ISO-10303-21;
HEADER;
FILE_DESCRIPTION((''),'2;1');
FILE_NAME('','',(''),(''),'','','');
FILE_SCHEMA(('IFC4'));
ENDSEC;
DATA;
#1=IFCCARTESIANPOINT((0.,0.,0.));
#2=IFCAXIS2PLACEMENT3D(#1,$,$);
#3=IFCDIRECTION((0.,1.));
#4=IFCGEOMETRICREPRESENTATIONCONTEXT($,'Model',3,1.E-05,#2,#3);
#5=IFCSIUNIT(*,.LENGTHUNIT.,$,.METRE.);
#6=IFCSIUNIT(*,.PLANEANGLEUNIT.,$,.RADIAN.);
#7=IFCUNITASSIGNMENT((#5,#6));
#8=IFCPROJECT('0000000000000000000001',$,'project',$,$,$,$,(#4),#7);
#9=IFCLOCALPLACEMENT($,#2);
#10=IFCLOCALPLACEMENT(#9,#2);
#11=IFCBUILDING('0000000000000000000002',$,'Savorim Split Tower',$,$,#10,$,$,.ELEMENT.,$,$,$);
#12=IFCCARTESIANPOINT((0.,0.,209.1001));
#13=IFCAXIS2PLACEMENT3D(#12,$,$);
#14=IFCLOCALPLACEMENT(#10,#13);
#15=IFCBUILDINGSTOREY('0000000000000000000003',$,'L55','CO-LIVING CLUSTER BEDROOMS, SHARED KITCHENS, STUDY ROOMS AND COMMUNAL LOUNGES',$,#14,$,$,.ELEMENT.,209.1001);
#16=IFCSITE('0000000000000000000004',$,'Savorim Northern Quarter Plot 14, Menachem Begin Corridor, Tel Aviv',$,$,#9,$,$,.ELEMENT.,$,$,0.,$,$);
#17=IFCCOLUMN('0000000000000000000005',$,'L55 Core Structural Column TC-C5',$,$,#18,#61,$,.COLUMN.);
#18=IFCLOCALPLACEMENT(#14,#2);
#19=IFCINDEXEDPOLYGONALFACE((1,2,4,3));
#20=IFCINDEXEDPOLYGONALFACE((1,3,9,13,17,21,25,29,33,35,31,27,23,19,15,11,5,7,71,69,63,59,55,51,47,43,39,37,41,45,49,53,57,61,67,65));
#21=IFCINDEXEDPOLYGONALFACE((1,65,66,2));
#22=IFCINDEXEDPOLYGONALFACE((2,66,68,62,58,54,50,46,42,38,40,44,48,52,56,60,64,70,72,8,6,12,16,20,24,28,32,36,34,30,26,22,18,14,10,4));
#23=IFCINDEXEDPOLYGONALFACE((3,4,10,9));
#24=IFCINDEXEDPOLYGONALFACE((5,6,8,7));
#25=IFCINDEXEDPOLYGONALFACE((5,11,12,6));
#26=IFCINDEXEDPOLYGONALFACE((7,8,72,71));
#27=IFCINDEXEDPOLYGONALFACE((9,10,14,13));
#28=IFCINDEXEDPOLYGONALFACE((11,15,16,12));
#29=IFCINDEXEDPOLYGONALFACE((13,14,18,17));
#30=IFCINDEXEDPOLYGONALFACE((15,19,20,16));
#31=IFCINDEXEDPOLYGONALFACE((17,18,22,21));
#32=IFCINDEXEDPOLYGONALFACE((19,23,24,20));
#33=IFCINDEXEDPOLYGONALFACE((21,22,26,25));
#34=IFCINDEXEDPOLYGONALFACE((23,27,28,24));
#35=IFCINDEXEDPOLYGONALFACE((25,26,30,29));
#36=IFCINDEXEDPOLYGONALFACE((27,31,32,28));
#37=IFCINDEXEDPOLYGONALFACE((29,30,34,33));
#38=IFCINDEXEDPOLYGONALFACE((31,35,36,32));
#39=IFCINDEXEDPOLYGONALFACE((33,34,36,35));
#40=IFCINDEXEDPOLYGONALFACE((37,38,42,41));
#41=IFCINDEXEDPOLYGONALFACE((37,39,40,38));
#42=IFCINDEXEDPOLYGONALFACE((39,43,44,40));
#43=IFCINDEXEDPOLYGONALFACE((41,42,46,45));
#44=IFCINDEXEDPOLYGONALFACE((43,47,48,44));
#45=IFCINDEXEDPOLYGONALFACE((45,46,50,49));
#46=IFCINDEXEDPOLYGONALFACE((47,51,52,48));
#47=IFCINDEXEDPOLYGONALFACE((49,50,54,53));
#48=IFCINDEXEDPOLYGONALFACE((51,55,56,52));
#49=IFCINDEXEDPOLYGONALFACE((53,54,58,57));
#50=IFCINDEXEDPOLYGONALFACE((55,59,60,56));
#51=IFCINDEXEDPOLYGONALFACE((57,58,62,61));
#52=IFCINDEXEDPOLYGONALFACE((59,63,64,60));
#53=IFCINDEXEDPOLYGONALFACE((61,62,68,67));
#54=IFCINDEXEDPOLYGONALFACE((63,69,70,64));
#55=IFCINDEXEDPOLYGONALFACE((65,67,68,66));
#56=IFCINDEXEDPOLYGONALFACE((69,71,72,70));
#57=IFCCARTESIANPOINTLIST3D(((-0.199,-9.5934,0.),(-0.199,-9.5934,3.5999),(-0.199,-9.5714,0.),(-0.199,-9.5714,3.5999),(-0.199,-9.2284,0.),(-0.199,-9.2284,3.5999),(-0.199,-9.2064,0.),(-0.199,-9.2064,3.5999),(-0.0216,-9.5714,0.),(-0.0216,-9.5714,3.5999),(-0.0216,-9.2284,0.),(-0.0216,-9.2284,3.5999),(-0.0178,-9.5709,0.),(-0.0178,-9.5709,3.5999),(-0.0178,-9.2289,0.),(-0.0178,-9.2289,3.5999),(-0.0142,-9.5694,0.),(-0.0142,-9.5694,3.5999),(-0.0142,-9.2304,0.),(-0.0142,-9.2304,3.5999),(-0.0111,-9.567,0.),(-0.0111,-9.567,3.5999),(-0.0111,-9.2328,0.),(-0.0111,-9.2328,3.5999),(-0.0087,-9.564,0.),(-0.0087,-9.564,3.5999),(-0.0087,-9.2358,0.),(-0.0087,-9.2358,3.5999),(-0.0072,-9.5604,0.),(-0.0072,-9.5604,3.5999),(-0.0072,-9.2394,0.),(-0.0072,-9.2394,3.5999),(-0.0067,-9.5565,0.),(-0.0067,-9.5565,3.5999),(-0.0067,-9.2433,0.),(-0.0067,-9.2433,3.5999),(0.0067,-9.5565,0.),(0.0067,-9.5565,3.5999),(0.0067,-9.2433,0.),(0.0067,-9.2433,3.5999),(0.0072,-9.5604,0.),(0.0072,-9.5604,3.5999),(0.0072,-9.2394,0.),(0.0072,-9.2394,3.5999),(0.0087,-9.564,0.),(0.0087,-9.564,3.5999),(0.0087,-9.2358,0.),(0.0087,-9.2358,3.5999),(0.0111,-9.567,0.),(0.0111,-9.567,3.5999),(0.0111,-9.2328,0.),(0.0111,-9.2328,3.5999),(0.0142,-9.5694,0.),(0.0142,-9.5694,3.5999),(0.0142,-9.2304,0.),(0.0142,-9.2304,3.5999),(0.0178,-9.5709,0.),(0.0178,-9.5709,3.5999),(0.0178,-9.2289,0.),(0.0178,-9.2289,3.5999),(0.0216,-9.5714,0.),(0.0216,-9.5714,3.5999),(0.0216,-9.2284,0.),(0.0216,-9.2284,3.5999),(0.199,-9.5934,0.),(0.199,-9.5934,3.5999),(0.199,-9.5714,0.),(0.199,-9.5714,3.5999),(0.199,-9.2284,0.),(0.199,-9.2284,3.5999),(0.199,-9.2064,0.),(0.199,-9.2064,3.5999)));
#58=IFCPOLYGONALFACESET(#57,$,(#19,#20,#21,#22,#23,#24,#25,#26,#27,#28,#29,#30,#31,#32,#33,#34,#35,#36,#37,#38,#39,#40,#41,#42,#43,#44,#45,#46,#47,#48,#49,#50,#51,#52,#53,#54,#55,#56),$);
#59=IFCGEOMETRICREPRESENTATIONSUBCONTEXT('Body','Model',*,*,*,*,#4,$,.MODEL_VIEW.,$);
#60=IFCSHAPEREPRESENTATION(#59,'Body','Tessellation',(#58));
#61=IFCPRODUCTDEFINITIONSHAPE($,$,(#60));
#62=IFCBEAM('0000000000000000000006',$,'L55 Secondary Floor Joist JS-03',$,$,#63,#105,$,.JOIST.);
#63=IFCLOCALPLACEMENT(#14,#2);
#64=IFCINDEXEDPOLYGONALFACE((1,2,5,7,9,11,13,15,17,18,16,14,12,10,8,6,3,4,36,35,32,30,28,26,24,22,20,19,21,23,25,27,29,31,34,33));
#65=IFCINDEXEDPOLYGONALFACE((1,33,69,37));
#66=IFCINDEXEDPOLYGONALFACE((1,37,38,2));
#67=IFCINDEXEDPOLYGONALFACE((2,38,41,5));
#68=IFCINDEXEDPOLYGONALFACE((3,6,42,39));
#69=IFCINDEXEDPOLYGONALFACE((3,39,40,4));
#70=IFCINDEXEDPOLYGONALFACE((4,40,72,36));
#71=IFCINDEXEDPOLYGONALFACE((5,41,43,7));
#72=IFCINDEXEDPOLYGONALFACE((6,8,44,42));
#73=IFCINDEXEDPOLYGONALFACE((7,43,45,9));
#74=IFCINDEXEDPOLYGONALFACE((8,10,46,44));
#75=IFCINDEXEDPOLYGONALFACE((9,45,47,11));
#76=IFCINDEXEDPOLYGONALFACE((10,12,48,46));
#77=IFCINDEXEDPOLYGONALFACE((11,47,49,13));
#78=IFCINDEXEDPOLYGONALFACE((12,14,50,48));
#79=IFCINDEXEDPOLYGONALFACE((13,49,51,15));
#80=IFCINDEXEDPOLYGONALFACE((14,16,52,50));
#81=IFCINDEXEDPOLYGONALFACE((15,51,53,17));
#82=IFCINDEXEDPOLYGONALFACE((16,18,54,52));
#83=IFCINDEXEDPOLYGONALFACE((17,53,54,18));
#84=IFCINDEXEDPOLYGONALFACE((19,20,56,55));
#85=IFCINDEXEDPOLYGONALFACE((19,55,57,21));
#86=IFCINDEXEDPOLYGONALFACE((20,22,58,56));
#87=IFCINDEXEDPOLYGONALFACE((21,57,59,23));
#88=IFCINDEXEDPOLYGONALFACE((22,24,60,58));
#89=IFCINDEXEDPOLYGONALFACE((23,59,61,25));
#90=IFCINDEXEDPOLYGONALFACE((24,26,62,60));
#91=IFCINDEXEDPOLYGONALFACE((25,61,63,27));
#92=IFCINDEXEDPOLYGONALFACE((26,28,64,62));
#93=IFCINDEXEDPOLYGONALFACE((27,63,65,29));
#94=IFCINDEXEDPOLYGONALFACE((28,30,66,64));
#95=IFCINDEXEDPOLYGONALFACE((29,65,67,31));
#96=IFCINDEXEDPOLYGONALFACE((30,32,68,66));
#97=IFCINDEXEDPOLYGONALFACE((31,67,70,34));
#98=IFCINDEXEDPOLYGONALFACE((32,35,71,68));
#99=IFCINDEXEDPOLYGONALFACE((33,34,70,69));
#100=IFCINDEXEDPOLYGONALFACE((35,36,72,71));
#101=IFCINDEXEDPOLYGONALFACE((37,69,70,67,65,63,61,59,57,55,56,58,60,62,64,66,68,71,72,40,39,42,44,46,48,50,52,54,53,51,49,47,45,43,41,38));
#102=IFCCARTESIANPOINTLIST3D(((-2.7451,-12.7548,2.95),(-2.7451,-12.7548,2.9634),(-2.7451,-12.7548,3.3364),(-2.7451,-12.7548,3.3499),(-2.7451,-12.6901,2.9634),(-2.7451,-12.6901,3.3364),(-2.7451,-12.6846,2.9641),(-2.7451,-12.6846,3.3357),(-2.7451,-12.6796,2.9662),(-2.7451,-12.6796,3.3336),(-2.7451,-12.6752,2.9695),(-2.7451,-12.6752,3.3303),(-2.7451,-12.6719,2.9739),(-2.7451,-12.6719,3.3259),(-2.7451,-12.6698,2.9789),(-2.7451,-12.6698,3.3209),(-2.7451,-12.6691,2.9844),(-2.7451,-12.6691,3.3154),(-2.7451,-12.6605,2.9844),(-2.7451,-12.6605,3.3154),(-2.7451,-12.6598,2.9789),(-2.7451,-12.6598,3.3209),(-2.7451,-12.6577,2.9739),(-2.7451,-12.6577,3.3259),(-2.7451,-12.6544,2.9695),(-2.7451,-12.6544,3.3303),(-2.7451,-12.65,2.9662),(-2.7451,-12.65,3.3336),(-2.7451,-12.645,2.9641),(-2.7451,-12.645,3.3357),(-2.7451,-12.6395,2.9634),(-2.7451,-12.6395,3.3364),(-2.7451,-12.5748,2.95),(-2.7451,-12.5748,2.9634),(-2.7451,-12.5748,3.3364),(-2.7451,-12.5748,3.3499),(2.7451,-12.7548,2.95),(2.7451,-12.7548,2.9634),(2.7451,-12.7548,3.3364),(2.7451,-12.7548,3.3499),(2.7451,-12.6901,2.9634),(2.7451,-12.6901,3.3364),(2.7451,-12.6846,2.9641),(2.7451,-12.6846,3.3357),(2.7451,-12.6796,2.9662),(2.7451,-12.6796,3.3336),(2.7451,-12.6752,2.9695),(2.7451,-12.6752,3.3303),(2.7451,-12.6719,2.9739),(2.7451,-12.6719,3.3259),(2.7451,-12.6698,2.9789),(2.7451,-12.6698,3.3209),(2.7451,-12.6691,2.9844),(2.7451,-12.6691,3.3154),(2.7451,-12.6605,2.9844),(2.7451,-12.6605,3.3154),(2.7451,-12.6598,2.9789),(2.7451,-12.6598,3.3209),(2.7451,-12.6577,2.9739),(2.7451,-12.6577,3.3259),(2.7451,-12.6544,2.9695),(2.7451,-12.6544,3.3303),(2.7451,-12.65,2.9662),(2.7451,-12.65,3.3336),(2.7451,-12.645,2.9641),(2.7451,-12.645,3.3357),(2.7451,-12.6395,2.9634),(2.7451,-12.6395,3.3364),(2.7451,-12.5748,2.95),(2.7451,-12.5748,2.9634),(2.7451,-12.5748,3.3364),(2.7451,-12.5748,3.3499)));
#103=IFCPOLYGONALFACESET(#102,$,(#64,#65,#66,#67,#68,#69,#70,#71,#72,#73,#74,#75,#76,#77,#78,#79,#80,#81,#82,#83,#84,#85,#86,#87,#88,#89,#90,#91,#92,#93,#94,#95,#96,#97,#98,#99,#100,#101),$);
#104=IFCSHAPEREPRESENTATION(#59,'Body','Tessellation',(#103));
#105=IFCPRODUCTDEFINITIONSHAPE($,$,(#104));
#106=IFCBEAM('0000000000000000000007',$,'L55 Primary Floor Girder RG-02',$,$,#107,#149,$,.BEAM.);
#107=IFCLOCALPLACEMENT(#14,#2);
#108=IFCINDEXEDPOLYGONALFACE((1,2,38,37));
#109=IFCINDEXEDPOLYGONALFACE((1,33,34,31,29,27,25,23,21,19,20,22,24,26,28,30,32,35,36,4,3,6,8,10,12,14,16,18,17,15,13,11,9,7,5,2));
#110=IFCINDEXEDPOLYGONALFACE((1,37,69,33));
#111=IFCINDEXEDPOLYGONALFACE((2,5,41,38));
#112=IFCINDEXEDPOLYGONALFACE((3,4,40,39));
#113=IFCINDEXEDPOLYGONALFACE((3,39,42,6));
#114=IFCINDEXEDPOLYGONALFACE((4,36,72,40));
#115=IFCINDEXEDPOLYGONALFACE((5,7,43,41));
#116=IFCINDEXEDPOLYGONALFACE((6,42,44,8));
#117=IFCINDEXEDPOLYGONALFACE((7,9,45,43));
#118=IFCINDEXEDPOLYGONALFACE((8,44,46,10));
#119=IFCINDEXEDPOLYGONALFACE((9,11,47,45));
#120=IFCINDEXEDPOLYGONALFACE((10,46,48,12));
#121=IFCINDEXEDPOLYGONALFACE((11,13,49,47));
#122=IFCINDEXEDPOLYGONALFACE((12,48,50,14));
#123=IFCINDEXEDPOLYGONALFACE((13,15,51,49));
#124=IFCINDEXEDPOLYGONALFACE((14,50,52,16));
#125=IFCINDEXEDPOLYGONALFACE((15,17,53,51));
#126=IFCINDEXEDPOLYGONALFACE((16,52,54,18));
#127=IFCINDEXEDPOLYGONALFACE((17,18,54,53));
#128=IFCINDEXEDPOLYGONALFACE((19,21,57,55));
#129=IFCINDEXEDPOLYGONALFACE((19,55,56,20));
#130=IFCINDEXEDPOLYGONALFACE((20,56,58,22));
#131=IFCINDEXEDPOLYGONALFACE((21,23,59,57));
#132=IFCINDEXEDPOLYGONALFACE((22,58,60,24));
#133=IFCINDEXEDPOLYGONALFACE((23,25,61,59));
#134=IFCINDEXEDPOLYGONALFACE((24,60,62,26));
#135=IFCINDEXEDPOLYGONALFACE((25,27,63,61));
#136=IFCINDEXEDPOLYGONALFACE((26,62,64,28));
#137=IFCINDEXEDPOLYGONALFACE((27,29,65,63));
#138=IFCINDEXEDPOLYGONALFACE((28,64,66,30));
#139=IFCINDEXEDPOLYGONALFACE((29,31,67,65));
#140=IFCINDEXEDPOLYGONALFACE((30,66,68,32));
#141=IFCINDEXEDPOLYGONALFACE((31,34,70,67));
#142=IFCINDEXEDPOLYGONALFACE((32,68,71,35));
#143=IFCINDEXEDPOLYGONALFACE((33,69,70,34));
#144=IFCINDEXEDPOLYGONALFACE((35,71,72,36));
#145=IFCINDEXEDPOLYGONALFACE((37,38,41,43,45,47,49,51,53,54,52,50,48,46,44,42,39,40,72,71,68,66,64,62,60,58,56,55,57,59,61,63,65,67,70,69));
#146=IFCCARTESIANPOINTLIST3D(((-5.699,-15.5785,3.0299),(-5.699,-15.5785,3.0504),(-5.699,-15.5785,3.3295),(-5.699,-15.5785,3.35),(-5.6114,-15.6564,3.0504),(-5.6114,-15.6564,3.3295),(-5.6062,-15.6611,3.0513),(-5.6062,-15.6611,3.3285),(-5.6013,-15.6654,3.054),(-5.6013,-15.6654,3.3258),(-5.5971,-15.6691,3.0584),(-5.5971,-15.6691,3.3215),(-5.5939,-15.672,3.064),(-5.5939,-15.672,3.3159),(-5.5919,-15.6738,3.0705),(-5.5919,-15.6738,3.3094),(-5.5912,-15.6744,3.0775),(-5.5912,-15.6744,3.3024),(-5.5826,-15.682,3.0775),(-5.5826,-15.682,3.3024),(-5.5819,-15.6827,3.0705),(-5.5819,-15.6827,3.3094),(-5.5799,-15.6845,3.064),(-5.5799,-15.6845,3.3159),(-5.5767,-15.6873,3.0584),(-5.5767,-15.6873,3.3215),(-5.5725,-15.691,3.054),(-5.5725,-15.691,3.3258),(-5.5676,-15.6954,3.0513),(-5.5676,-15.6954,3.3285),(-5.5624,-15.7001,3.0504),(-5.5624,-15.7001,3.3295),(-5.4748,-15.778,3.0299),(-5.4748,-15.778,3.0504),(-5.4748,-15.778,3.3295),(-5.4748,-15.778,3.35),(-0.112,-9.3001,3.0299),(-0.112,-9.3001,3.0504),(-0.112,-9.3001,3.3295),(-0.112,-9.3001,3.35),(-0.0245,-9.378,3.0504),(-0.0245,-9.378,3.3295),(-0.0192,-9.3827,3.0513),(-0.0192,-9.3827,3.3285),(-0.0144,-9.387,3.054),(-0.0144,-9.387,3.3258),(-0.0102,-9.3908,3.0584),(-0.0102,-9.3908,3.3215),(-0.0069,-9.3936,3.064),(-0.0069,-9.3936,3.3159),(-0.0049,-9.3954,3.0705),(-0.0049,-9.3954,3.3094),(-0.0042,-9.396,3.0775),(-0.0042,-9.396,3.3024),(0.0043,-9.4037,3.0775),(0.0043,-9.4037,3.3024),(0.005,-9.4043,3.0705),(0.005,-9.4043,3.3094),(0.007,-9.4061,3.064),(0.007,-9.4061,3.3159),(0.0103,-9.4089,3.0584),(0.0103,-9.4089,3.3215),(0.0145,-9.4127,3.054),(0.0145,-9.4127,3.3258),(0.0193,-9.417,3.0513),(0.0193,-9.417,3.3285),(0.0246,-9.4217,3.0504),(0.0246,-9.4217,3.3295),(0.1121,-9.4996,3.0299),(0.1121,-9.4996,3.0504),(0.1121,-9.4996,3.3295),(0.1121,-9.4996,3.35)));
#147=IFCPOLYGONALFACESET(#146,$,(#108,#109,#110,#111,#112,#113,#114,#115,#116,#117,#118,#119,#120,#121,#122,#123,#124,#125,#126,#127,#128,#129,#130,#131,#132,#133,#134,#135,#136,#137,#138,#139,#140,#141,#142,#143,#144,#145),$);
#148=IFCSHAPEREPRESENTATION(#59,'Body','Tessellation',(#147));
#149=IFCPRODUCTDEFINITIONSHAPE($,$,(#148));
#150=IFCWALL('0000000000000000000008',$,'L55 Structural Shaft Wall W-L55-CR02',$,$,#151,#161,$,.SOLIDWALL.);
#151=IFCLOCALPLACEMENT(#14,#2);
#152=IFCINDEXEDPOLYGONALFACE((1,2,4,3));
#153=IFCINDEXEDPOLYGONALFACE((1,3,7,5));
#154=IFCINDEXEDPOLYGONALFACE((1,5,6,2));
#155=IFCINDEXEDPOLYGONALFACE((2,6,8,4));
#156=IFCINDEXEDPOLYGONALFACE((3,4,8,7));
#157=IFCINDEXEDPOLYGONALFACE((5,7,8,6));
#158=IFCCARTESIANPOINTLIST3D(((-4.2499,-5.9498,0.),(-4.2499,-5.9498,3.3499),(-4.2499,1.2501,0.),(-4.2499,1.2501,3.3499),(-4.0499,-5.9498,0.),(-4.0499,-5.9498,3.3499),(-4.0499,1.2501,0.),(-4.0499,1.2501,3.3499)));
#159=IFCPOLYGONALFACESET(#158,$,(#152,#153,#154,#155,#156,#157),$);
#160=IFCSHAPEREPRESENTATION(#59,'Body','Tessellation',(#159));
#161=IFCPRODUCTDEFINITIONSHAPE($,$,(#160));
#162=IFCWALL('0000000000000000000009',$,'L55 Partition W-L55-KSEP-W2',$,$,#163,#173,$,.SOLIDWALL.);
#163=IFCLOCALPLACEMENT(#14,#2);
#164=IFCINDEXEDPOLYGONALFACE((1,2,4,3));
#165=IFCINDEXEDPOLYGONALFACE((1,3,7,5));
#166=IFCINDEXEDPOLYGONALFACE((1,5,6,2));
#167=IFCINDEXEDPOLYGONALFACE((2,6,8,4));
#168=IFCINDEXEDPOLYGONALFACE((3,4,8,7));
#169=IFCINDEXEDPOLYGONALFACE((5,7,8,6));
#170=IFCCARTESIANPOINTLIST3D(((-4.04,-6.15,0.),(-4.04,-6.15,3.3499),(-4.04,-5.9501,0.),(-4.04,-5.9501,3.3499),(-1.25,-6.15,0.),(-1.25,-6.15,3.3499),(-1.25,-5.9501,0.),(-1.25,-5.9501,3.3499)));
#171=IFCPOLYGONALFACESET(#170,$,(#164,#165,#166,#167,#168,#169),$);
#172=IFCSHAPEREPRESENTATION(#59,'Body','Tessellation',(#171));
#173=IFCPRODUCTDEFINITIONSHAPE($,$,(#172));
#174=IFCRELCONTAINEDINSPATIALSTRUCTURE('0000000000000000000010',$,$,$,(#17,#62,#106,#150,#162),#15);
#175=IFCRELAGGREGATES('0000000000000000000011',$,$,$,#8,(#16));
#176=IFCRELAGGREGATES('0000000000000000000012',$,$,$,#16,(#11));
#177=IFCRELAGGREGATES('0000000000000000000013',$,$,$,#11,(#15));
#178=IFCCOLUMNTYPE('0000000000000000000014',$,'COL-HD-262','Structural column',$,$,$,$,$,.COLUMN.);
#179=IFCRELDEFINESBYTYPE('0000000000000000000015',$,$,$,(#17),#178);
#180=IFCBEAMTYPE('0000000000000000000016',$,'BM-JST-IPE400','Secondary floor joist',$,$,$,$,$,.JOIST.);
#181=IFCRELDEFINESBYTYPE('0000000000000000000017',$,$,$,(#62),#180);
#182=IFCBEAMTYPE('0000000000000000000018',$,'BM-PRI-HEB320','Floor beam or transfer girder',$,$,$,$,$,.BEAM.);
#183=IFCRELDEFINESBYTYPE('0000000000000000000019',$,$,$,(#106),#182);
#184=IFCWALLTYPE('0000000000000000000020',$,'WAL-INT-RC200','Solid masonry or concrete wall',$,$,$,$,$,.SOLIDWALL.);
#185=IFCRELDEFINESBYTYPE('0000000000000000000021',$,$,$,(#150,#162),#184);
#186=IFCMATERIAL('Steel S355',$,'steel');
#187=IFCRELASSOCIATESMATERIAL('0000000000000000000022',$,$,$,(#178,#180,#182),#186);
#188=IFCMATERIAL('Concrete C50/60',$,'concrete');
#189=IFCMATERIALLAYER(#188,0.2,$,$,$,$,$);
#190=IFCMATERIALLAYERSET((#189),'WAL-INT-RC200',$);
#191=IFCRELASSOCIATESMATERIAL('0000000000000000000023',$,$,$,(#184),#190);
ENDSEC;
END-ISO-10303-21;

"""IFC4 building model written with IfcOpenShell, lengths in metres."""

from ifc_helpers import new_model, si_unit, direction, frame, frame_2d, origin, origin_2d, place, context, subcontext, project, spatial, rectangle, i_section, extrude, material, layer, layer_set, material_profile, profile_set, type_object, element, save


model = new_model("IFC4")

# Units and contexts
model_context = context("Model", 3, precision=1e-05, world=origin(), true_north=direction((0.0, 1.0)))
body_context = subcontext(model_context, "Body", "Model", "MODEL_VIEW")
ifc_project = project(units=[si_unit("LENGTHUNIT", "METRE"), si_unit("PLANEANGLEUNIT", "RADIAN")], contexts=[model_context])

# Site, building, storey
site_placement = place(None, origin())
site = spatial("IfcSite", under=ifc_project, at=site_placement, Name="Savorim Northern Quarter Plot 14, Menachem Begin Corridor, Tel Aviv", CompositionType="ELEMENT", RefElevation=0.0)
building_placement = place(site_placement, origin())
building = spatial("IfcBuilding", under=site, at=building_placement, Name="Savorim Split Tower", CompositionType="ELEMENT")
storey_placement = place(building_placement, frame((0.0, 0.0, 209.1001)))
storey = spatial("IfcBuildingStorey", under=building, at=storey_placement, Name="L55", Description="CO-LIVING CLUSTER BEDROOMS, SHARED KITCHENS, STUDY ROOMS AND COMMUNAL LOUNGES", CompositionType="ELEMENT", Elevation=209.1001)

# Column
ifc_material_1 = material(Name="Steel S355", Category="steel")
ifc_material_profile_1 = material_profile(ifc_material_1, i_section(OverallWidth=0.3979, OverallDepth=0.387, WebThickness=0.0134, FlangeThickness=0.022, FilletRadius=0.0149, at=origin_2d()), Name="HD 400x262")
ifc_profile_set_1 = profile_set([ifc_material_profile_1], Name="Steel S355")
column_type = type_object("IfcColumnType", Name="COL-HD-262", Description="Structural column", PredefinedType="COLUMN", material=ifc_profile_set_1)
column_placement = place(storey_placement, frame((0.0, -9.3999, 0.0), z_axis=(0.0, 0.0, 1.0), x_axis=(1.0, 0.0, 0.0)))
element("IfcColumn", 1, at=column_placement, inside=storey, type_object=column_type, Name="L55 Core Structural Column TC-C5", PredefinedType="COLUMN", context=body_context, shape_type="SweptSolid", body=[
    extrude(i_section(OverallWidth=0.3979, OverallDepth=0.387, WebThickness=0.0134, FlangeThickness=0.022, FilletRadius=0.0149, at=origin_2d()), origin(), (0.0, 0.0, 1.0), 3.5999),
])

# Beams
ifc_material_profile_2 = material_profile(ifc_material_1, i_section(OverallWidth=0.1799, OverallDepth=0.3999, WebThickness=0.0085, FlangeThickness=0.0134, FilletRadius=0.021, at=origin_2d()), Name="IPE 400")
ifc_profile_set_2 = profile_set([ifc_material_profile_2], Name="Steel S355")
beam_type_1 = type_object("IfcBeamType", Name="BM-JST-IPE400", Description="Secondary floor joist", PredefinedType="JOIST", material=ifc_profile_set_2)
beam_1_placement = place(storey_placement, frame((-2.7451, -12.6648, 3.1499), z_axis=(1.0, 0.0, 0.0), x_axis=(0.0, 1.0, 0.0)))
element("IfcBeam", 2, at=beam_1_placement, inside=storey, type_object=beam_type_1, Name="L55 Secondary Floor Joist JS-03", PredefinedType="JOIST", context=body_context, shape_type="SweptSolid", body=[
    extrude(i_section(OverallWidth=0.1799, OverallDepth=0.3999, WebThickness=0.0085, FlangeThickness=0.0134, FilletRadius=0.021, at=origin_2d()), origin(), (0.0, 0.0, 1.0), 5.4902),
])
ifc_material_profile_3 = material_profile(ifc_material_1, i_section(OverallWidth=0.3, OverallDepth=0.3201, WebThickness=0.0115, FlangeThickness=0.0205, FilletRadius=0.0271, at=origin_2d()), Name="HEB 320")
ifc_profile_set_3 = profile_set([ifc_material_profile_3], Name="Steel S355")
beam_type_2 = type_object("IfcBeamType", Name="BM-PRI-HEB320", Description="Floor beam or transfer girder", PredefinedType="BEAM", material=ifc_profile_set_3)
beam_2_placement = place(storey_placement, frame((-5.5869, -15.6782, 3.1899), z_axis=(0.664775, 0.747044, 0.0), x_axis=(-0.747044, 0.664775, 0.0)))
element("IfcBeam", 3, at=beam_2_placement, inside=storey, type_object=beam_type_2, Name="L55 Primary Floor Girder RG-02", PredefinedType="BEAM", context=body_context, shape_type="SweptSolid", body=[
    extrude(i_section(OverallWidth=0.3, OverallDepth=0.3201, WebThickness=0.0115, FlangeThickness=0.0205, FilletRadius=0.0271, at=origin_2d()), origin(), (0.0, 0.0, 1.0), 8.4043),
])

# Wall
ifc_material_2 = material(Name="Concrete C50/60", Category="concrete")
ifc_layer_1 = layer(ifc_material_2, 0.2)
ifc_layer_set_1 = layer_set([ifc_layer_1], Name="WAL-INT-RC200")
wall_type_1 = type_object("IfcWallType", Name="WAL-INT-RC200", Description="Solid masonry or concrete wall", PredefinedType="SOLIDWALL", material=ifc_layer_set_1)
wall_1_placement = place(storey_placement, frame((-4.1499, -5.95, 0.0), z_axis=(0.0, 0.0, 1.0), x_axis=(0.0, 1.0, 0.0)))
element("IfcWall", 4, at=wall_1_placement, inside=storey, type_object=wall_type_1, Name="L55 Structural Shaft Wall W-L55-CR02", PredefinedType="SOLIDWALL", context=body_context, shape_type="SweptSolid", body=[
    extrude(rectangle(XDim=7.2, YDim=0.2, at=frame_2d((3.6001, 0.0))), origin(), (0.0, 0.0, 1.0), 3.3499),
])

# Wall
wall_2_placement = place(storey_placement, frame((-4.04, -6.05, 0.0), z_axis=(0.0, 0.0, 1.0), x_axis=(1.0, 0.0, 0.0)))
element("IfcWall", 5, at=wall_2_placement, inside=storey, type_object=wall_type_1, Name="L55 Partition W-L55-KSEP-W2", PredefinedType="SOLIDWALL", context=body_context, shape_type="SweptSolid", body=[
    extrude(rectangle(XDim=2.79, YDim=0.2, at=frame_2d((1.395, 0.0))), origin(), (0.0, 0.0, 1.0), 3.3499),
])

save(model, "model.ifc")
